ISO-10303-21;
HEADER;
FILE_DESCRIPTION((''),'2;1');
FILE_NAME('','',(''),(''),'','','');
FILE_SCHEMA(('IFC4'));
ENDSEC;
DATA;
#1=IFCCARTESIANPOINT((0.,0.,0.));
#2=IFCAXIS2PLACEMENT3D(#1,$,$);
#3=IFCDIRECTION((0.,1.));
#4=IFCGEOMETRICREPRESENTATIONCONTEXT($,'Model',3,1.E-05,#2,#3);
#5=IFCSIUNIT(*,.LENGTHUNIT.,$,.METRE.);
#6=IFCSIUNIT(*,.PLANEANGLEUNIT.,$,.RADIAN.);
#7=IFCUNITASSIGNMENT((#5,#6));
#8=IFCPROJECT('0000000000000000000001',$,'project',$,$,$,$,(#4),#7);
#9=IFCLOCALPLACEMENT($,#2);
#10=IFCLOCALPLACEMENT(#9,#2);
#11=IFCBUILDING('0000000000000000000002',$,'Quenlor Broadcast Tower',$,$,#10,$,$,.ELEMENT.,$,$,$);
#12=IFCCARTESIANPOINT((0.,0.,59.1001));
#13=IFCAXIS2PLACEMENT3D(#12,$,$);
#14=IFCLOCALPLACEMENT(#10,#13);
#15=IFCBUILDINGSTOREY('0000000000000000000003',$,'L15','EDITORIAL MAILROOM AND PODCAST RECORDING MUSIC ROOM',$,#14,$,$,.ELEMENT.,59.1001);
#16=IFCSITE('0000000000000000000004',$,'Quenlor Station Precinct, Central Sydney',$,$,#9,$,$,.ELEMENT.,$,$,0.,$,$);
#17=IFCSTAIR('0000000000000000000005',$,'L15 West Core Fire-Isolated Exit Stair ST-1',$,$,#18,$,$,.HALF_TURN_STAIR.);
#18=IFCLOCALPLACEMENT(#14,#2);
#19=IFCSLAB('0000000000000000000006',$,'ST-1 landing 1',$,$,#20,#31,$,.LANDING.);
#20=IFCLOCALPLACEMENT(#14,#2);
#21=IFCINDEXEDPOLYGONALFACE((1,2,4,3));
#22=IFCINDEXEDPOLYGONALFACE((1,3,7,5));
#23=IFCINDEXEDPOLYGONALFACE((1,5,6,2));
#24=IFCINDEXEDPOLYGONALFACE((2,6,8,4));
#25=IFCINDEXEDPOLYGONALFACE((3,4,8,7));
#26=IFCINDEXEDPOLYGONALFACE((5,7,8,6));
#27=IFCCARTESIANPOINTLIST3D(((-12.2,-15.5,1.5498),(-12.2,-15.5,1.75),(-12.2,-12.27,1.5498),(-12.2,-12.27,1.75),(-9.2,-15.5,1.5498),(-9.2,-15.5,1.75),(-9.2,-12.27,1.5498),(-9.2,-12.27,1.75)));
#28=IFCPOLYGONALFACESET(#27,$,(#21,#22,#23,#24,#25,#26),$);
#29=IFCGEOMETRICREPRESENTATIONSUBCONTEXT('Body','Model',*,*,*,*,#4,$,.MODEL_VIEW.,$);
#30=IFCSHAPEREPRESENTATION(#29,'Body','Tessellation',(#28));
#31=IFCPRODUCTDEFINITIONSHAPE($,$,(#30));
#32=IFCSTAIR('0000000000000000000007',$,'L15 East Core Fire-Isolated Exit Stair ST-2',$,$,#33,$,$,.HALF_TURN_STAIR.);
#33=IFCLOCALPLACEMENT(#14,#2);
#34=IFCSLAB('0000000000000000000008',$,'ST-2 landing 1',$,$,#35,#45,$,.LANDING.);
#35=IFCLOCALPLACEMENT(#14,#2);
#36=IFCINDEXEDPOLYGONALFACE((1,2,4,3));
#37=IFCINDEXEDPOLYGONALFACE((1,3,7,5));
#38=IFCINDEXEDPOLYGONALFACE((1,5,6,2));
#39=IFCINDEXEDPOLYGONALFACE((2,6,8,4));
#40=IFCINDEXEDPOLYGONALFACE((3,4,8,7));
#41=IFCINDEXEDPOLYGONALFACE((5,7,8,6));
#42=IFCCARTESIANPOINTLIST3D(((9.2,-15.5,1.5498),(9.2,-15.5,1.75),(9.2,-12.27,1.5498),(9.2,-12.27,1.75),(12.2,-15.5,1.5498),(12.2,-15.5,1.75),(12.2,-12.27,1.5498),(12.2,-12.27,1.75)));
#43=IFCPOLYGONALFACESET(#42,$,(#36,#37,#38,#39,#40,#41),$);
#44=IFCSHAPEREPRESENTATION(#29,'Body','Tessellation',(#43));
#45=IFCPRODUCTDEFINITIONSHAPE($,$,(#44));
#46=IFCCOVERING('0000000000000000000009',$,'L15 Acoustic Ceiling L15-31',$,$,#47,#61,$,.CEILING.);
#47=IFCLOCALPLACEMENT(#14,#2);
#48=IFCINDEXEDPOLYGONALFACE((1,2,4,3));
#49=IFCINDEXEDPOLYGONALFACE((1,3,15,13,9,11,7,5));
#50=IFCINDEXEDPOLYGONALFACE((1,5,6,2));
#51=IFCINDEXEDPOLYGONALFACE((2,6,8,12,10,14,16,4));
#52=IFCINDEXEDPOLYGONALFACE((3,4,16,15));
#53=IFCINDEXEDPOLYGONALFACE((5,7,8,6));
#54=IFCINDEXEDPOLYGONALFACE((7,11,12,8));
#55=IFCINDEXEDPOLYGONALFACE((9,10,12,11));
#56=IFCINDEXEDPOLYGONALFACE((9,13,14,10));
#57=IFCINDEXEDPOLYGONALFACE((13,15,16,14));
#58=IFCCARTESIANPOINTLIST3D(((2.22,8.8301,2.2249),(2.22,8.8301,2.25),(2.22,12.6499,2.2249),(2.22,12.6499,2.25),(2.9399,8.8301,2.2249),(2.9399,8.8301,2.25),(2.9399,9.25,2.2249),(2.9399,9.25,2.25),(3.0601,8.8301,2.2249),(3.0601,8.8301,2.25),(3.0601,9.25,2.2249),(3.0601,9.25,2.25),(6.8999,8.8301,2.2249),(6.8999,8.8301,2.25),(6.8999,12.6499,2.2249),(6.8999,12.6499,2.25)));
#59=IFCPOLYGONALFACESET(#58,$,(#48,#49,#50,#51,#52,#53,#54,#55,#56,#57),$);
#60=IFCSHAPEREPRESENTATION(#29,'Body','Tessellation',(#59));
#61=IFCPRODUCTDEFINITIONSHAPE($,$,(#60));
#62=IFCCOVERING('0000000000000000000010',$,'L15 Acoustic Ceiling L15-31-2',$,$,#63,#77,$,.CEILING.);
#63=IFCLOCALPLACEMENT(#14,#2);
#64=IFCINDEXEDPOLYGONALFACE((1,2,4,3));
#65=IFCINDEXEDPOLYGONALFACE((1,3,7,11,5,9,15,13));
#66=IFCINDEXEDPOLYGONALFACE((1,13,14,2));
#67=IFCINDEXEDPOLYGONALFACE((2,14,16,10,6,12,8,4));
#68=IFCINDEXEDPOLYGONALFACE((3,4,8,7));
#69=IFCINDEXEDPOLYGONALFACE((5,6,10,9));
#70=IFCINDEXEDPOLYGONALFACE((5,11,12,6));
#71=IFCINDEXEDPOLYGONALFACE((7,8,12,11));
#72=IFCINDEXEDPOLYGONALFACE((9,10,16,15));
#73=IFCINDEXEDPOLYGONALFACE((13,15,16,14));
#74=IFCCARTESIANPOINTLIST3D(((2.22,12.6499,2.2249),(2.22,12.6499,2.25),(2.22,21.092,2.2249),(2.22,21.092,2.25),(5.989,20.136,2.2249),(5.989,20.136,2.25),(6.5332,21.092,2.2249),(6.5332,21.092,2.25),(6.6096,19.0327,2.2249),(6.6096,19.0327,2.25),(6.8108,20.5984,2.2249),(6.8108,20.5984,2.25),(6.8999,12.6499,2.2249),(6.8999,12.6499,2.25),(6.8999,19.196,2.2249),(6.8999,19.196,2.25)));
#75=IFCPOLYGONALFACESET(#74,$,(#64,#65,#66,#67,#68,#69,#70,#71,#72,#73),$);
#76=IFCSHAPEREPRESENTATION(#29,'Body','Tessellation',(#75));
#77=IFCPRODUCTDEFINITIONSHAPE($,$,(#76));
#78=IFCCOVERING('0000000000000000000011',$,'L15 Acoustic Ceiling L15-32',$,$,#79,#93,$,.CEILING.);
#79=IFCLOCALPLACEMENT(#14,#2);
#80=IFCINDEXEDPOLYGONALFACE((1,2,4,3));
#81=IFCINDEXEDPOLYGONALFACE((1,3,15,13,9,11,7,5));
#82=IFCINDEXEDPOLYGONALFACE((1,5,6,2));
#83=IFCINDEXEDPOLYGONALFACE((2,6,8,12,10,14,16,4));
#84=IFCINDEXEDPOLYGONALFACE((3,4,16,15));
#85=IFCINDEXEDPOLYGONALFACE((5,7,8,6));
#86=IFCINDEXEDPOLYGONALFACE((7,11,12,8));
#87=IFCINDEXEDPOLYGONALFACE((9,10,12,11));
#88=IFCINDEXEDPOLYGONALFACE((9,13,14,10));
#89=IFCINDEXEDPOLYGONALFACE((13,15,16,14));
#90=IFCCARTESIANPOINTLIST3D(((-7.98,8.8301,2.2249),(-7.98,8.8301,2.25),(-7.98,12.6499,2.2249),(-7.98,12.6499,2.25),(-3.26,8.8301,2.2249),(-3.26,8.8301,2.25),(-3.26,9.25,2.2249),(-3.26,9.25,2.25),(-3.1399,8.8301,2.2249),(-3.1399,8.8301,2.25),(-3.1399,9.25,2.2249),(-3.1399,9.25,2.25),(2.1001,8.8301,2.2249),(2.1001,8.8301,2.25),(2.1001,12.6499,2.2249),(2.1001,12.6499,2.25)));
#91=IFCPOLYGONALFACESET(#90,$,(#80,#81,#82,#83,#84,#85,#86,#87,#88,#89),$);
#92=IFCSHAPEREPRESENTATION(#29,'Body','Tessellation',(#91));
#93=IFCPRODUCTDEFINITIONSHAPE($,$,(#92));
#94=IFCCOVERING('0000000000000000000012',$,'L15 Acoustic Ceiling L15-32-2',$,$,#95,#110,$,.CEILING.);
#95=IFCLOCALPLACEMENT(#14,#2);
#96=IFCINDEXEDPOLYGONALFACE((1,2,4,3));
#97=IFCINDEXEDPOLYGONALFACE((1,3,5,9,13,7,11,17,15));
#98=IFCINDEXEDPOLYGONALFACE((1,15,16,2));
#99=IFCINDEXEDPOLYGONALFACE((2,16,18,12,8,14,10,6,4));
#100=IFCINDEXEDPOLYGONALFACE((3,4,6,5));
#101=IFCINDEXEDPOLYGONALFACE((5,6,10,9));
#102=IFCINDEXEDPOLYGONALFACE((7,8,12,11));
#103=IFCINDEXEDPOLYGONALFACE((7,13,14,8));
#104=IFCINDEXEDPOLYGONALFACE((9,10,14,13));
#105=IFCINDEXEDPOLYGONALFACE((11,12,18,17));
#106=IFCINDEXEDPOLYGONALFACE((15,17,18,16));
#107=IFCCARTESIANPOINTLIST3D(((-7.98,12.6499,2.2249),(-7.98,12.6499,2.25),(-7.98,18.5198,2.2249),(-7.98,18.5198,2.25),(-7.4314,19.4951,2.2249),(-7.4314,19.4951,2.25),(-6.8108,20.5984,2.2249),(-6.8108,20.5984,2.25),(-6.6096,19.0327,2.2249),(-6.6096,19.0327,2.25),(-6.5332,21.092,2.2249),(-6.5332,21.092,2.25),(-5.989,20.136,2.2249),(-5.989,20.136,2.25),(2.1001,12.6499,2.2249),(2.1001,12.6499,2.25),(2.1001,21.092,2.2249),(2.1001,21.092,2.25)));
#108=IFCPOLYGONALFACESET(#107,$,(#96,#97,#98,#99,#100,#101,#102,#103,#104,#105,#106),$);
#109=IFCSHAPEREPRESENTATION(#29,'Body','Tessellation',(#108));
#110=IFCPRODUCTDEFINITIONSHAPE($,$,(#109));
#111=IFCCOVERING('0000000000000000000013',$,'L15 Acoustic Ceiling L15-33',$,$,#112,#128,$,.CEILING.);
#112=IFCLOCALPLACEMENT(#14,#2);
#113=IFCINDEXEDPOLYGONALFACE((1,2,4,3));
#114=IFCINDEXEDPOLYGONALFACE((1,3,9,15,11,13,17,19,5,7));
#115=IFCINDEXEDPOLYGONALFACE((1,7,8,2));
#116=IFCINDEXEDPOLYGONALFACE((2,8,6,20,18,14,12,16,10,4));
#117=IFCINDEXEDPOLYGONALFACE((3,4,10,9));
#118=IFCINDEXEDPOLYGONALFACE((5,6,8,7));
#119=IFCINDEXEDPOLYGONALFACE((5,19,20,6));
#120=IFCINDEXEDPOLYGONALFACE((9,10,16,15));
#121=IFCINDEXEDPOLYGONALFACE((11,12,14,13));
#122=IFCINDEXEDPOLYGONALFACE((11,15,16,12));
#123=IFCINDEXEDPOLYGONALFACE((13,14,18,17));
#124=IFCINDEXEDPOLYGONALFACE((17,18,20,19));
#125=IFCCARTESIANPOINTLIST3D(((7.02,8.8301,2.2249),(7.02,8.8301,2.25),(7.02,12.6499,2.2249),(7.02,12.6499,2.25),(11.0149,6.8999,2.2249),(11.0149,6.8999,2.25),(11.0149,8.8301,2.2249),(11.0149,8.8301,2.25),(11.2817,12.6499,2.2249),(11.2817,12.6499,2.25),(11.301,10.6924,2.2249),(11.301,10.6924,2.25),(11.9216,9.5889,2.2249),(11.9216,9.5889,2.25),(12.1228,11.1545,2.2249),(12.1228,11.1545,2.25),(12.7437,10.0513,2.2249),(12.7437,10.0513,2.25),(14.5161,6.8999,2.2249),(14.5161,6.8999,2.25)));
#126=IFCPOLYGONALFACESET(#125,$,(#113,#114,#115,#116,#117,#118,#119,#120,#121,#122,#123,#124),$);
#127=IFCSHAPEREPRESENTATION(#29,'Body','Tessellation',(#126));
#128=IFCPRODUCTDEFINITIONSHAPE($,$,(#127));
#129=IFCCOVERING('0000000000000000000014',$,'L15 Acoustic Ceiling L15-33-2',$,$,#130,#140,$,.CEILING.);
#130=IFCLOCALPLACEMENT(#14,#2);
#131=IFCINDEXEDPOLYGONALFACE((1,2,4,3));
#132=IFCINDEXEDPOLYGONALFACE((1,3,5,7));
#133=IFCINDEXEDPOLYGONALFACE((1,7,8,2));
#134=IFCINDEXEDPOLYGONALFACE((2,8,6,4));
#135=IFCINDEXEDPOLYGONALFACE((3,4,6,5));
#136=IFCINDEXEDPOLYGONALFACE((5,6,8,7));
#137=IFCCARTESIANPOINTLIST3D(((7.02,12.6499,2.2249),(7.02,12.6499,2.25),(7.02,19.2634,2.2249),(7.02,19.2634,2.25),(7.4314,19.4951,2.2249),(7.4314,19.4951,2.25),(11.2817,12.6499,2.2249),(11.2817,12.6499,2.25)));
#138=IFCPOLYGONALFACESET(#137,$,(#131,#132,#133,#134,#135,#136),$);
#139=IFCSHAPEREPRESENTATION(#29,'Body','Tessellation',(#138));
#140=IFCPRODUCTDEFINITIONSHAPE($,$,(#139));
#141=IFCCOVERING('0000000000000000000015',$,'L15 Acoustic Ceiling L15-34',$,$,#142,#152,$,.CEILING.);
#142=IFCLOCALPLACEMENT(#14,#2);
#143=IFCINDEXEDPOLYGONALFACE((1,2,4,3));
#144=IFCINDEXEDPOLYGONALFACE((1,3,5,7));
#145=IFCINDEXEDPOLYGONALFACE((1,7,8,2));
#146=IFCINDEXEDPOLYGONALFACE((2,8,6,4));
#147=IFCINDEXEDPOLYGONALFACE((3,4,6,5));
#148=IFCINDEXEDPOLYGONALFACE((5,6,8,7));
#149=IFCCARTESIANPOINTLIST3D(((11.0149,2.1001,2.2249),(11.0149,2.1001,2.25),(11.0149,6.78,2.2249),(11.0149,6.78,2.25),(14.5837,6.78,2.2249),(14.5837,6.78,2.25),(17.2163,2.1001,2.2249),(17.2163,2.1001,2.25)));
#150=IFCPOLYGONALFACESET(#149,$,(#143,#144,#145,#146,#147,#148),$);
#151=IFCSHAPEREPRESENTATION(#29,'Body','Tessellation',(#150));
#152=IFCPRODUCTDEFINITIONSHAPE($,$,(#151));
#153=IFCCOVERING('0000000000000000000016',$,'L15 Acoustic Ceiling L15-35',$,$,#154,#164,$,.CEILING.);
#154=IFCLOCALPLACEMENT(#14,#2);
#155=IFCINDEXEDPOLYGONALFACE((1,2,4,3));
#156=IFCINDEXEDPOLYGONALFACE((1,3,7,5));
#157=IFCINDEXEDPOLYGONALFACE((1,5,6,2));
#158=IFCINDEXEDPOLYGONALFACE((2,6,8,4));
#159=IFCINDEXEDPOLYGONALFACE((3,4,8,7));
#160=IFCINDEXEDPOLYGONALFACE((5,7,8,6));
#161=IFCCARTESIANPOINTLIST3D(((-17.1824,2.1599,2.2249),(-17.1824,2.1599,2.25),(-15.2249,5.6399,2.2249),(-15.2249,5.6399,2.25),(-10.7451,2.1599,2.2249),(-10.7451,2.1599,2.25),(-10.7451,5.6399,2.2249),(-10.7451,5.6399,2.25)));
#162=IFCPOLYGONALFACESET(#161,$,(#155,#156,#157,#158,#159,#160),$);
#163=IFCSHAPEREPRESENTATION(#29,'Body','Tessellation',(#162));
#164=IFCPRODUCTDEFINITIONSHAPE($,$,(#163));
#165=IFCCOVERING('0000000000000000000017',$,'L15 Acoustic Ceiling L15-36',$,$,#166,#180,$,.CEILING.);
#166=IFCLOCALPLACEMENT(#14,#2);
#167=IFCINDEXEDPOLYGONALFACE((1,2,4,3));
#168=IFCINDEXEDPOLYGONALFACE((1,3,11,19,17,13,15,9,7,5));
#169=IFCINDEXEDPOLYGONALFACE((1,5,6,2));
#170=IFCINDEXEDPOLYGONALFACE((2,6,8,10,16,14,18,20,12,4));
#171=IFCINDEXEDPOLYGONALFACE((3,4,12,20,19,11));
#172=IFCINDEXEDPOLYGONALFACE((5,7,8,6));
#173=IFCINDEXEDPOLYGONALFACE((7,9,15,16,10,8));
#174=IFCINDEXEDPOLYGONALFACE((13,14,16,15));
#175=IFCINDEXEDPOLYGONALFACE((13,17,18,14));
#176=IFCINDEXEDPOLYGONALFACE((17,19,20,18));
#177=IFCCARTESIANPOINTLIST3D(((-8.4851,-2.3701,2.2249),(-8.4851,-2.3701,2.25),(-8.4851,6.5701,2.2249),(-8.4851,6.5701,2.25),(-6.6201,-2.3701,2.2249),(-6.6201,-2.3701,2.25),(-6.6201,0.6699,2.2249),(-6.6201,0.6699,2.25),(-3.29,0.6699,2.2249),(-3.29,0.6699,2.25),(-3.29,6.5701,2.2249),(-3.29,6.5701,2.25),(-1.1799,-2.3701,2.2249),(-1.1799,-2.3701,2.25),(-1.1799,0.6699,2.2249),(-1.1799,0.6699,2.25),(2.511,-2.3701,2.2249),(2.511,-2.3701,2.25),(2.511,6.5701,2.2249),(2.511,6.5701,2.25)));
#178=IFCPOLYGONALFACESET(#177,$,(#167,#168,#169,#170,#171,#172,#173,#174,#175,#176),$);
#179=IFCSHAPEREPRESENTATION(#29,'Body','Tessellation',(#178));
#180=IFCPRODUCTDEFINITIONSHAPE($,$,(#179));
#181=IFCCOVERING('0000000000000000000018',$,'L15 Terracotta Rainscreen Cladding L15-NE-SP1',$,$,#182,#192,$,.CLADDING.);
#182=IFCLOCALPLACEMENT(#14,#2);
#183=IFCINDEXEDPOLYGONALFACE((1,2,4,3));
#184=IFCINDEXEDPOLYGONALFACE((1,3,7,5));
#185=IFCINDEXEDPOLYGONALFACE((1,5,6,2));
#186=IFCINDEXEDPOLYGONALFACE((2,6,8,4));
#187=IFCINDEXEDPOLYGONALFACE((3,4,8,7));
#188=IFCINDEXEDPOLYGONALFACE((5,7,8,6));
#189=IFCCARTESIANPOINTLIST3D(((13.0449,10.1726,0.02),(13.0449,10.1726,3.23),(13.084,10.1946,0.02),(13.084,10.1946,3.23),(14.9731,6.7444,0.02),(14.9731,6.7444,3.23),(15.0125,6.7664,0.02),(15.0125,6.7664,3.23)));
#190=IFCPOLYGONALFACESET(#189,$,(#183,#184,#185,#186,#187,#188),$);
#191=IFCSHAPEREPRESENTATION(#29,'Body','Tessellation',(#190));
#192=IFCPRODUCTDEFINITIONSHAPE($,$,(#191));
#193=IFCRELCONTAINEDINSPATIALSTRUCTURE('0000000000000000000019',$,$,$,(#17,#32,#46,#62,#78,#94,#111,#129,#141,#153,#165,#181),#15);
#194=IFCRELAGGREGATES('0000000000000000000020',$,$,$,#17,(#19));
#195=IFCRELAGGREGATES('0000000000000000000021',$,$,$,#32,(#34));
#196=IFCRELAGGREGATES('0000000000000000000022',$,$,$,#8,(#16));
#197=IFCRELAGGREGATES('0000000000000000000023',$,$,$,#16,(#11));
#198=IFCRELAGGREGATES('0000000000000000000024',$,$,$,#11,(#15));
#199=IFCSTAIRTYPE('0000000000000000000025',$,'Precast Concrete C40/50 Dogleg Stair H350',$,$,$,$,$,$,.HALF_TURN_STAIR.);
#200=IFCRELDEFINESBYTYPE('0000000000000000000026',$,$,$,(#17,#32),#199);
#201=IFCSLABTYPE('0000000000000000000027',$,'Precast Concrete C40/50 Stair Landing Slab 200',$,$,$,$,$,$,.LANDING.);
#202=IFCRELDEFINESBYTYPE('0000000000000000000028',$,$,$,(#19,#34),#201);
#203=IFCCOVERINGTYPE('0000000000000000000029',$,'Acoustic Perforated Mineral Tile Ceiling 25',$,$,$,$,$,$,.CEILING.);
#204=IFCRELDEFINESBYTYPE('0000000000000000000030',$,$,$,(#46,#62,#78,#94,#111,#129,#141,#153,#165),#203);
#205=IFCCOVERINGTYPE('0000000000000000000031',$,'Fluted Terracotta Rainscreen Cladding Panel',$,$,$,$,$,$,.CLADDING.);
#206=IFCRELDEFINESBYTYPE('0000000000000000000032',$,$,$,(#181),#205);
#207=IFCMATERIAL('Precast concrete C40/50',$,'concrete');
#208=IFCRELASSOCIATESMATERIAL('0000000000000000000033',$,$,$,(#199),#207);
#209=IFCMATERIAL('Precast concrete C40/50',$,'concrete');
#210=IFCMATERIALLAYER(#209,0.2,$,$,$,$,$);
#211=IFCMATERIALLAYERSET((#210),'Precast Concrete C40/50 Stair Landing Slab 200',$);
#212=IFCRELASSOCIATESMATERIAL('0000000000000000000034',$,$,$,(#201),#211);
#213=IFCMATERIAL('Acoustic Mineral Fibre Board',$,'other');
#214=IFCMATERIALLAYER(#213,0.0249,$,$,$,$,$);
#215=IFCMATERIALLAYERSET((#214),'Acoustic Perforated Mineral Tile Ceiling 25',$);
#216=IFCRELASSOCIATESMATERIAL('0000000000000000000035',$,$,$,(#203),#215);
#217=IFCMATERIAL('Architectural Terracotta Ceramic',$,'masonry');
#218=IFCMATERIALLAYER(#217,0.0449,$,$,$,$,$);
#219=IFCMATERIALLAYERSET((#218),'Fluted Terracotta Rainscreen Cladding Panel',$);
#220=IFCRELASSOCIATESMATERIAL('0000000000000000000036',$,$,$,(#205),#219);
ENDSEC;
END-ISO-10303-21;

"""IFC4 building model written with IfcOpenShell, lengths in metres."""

from ifc_helpers import new_model, si_unit, direction, frame, origin, place, context, subcontext, project, spatial, polyline, outline, extrude, material, layer, layer_set, type_object, element, aggregate, save


model = new_model("IFC4")

# Units and contexts
model_context = context("Model", 3, precision=1e-05, world=origin(), true_north=direction((0.0, 1.0)))
body_context = subcontext(model_context, "Body", "Model", "MODEL_VIEW")
ifc_project = project(units=[si_unit("LENGTHUNIT", "METRE"), si_unit("PLANEANGLEUNIT", "RADIAN")], contexts=[model_context])

# Site, building, storey
site_placement = place(None, origin())
site = spatial("IfcSite", under=ifc_project, at=site_placement, Name="Quenlor Station Precinct, Central Sydney", CompositionType="ELEMENT", RefElevation=0.0)
building_placement = place(site_placement, origin())
building = spatial("IfcBuilding", under=site, at=building_placement, Name="Quenlor Broadcast Tower", CompositionType="ELEMENT")
storey_placement = place(building_placement, frame((0.0, 0.0, 59.1001)))
storey = spatial("IfcBuildingStorey", under=building, at=storey_placement, Name="L15", Description="EDITORIAL MAILROOM AND PODCAST RECORDING MUSIC ROOM", CompositionType="ELEMENT", Elevation=59.1001)

# Stairs, slabs
ifc_material_1 = material(Name="Precast concrete C40/50", Category="concrete")
stair_type = type_object("IfcStairType", Name="Precast Concrete C40/50 Dogleg Stair H350", PredefinedType="HALF_TURN_STAIR", material=ifc_material_1)
stair_1_placement = place(storey_placement, origin())
stair_1 = element("IfcStair", 1, at=stair_1_placement, inside=storey, type_object=stair_type, Name="L15 West Core Fire-Isolated Exit Stair ST-1", PredefinedType="HALF_TURN_STAIR")
ifc_material_2 = material(Name="Precast concrete C40/50", Category="concrete")
ifc_layer_1 = layer(ifc_material_2, 0.2)
ifc_layer_set_1 = layer_set([ifc_layer_1], Name="Precast Concrete C40/50 Stair Landing Slab 200")
slab_type = type_object("IfcSlabType", Name="Precast Concrete C40/50 Stair Landing Slab 200", PredefinedType="LANDING", material=ifc_layer_set_1)
slab_1_placement = place(storey_placement, frame((0.0, 0.0, 1.5498)))
slab_1 = element("IfcSlab", 2, at=slab_1_placement, type_object=slab_type, Name="ST-1 landing 1", PredefinedType="LANDING", context=body_context, shape_type="SweptSolid", body=[
    extrude(outline(polyline([(-12.2, -12.27), (-12.2, -15.5), (-9.2, -15.5), (-9.2, -12.27), (-12.2, -12.27)])), origin(), (0.0, 0.0, 1.0), 0.2002),
])
aggregate(stair_1, [slab_1])
stair_2_placement = place(storey_placement, origin())
stair_2 = element("IfcStair", 3, at=stair_2_placement, inside=storey, type_object=stair_type, Name="L15 East Core Fire-Isolated Exit Stair ST-2", PredefinedType="HALF_TURN_STAIR")
slab_2_placement = place(storey_placement, frame((0.0, 0.0, 1.5498)))
slab_2 = element("IfcSlab", 4, at=slab_2_placement, type_object=slab_type, Name="ST-2 landing 1", PredefinedType="LANDING", context=body_context, shape_type="SweptSolid", body=[
    extrude(outline(polyline([(9.2, -12.27), (9.2, -15.5), (12.2, -15.5), (12.2, -12.27), (9.2, -12.27)])), origin(), (0.0, 0.0, 1.0), 0.2002),
])
aggregate(stair_2, [slab_2])

# Coverings
ifc_material_3 = material(Name="Acoustic Mineral Fibre Board", Category="other")
ifc_layer_2 = layer(ifc_material_3, 0.0249)
ifc_layer_set_2 = layer_set([ifc_layer_2], Name="Acoustic Perforated Mineral Tile Ceiling 25")
covering_type_1 = type_object("IfcCoveringType", Name="Acoustic Perforated Mineral Tile Ceiling 25", PredefinedType="CEILING", material=ifc_layer_set_2)
covering_1_placement = place(storey_placement, frame((0.0, 0.0, 2.2249)))
element("IfcCovering", 5, at=covering_1_placement, inside=storey, type_object=covering_type_1, Name="L15 Acoustic Ceiling L15-31", PredefinedType="CEILING", context=body_context, shape_type="SweptSolid", body=[
    extrude(outline(polyline([(6.8999, 8.8301), (3.0601, 8.8301), (3.0601, 9.25), (2.9399, 9.25), (2.9399, 8.8301), (2.22, 8.8301), (2.22, 12.6499), (6.8999, 12.6499), (6.8999, 8.8301)])), origin(), (0.0, 0.0, 1.0), 0.0251),
])
covering_2_placement = place(storey_placement, frame((0.0, 0.0, 2.2249)))
element("IfcCovering", 6, at=covering_2_placement, inside=storey, type_object=covering_type_1, Name="L15 Acoustic Ceiling L15-31-2", PredefinedType="CEILING", context=body_context, shape_type="SweptSolid", body=[
    extrude(outline(polyline([(6.6096, 19.0327), (6.8999, 19.196), (6.8999, 12.6499), (2.22, 12.6499), (2.22, 21.092), (6.5332, 21.092), (6.8108, 20.5984), (5.989, 20.136), (6.6096, 19.0327)])), origin(), (0.0, 0.0, 1.0), 0.0251),
])
covering_3_placement = place(storey_placement, frame((0.0, 0.0, 2.2249)))
element("IfcCovering", 7, at=covering_3_placement, inside=storey, type_object=covering_type_1, Name="L15 Acoustic Ceiling L15-32", PredefinedType="CEILING", context=body_context, shape_type="SweptSolid", body=[
    extrude(outline(polyline([(-3.1399, 8.8301), (-3.1399, 9.25), (-3.26, 9.25), (-3.26, 8.8301), (-7.98, 8.8301), (-7.98, 12.6499), (2.1001, 12.6499), (2.1001, 8.8301), (-3.1399, 8.8301)])), origin(), (0.0, 0.0, 1.0), 0.0251),
])
covering_4_placement = place(storey_placement, frame((0.0, 0.0, 2.2249)))
element("IfcCovering", 8, at=covering_4_placement, inside=storey, type_object=covering_type_1, Name="L15 Acoustic Ceiling L15-32-2", PredefinedType="CEILING", context=body_context, shape_type="SweptSolid", body=[
    extrude(outline(polyline([(-7.98, 18.5198), (-7.4314, 19.4951), (-6.6096, 19.0327), (-5.989, 20.136), (-6.8108, 20.5984), (-6.5332, 21.092), (2.1001, 21.092), (2.1001, 12.6499), (-7.98, 12.6499), (-7.98, 18.5198)])), origin(), (0.0, 0.0, 1.0), 0.0251),
])
covering_5_placement = place(storey_placement, frame((0.0, 0.0, 2.2249)))
element("IfcCovering", 9, at=covering_5_placement, inside=storey, type_object=covering_type_1, Name="L15 Acoustic Ceiling L15-33", PredefinedType="CEILING", context=body_context, shape_type="SweptSolid", body=[
    extrude(outline(polyline([(7.02, 8.8301), (7.02, 12.6499), (11.2817, 12.6499), (12.1228, 11.1545), (11.301, 10.6924), (11.9216, 9.5889), (12.7437, 10.0513), (14.5161, 6.8999), (11.0149, 6.8999), (11.0149, 8.8301), (7.02, 8.8301)])), origin(), (0.0, 0.0, 1.0), 0.0251),
])
covering_6_placement = place(storey_placement, frame((0.0, 0.0, 2.2249)))
element("IfcCovering", 10, at=covering_6_placement, inside=storey, type_object=covering_type_1, Name="L15 Acoustic Ceiling L15-33-2", PredefinedType="CEILING", context=body_context, shape_type="SweptSolid", body=[
    extrude(outline(polyline([(7.02, 19.2634), (7.4314, 19.4951), (11.2817, 12.6499), (7.02, 12.6499), (7.02, 19.2634)])), origin(), (0.0, 0.0, 1.0), 0.0251),
])
covering_7_placement = place(storey_placement, frame((0.0, 0.0, 2.2249)))
element("IfcCovering", 11, at=covering_7_placement, inside=storey, type_object=covering_type_1, Name="L15 Acoustic Ceiling L15-34", PredefinedType="CEILING", context=body_context, shape_type="SweptSolid", body=[
    extrude(outline(polyline([(14.5837, 6.78), (17.2163, 2.1001), (11.0149, 2.1001), (11.0149, 6.78), (14.5837, 6.78)])), origin(), (0.0, 0.0, 1.0), 0.0251),
])
covering_8_placement = place(storey_placement, frame((0.0, 0.0, 2.2249)))
element("IfcCovering", 12, at=covering_8_placement, inside=storey, type_object=covering_type_1, Name="L15 Acoustic Ceiling L15-35", PredefinedType="CEILING", context=body_context, shape_type="SweptSolid", body=[
    extrude(outline(polyline([(-17.1824, 2.1599), (-15.2249, 5.6399), (-10.7451, 5.6399), (-10.7451, 2.1599), (-17.1824, 2.1599)])), origin(), (0.0, 0.0, 1.0), 0.0251),
])
covering_9_placement = place(storey_placement, frame((0.0, 0.0, 2.2249)))
element("IfcCovering", 13, at=covering_9_placement, inside=storey, type_object=covering_type_1, Name="L15 Acoustic Ceiling L15-36", PredefinedType="CEILING", context=body_context, shape_type="SweptSolid", body=[
    extrude(outline(polyline([(-1.1799, -2.3701), (-1.1799, 0.6699), (-3.29, 0.6699), (-6.6201, 0.6699), (-6.6201, -2.3701), (-8.4851, -2.3701), (-8.4851, 6.5701), (-3.29, 6.5701), (2.511, 6.5701), (2.511, -2.3701), (-1.1799, -2.3701)])), origin(), (0.0, 0.0, 1.0), 0.0251),
])
ifc_material_4 = material(Name="Architectural Terracotta Ceramic", Category="masonry")
ifc_layer_3 = layer(ifc_material_4, 0.0449)
ifc_layer_set_3 = layer_set([ifc_layer_3], Name="Fluted Terracotta Rainscreen Cladding Panel")
covering_type_2 = type_object("IfcCoveringType", Name="Fluted Terracotta Rainscreen Cladding Panel", PredefinedType="CLADDING", material=ifc_layer_set_3)
covering_10_placement = place(storey_placement, frame((0.0, 0.0, 0.02)))
element("IfcCovering", 14, at=covering_10_placement, inside=storey, type_object=covering_type_2, Name="L15 Terracotta Rainscreen Cladding L15-NE-SP1", PredefinedType="CLADDING", context=body_context, shape_type="SweptSolid", body=[
    extrude(outline(polyline([(13.0449, 10.1726), (14.9731, 6.7444), (15.0125, 6.7664), (13.084, 10.1946), (13.0449, 10.1726)])), origin(), (0.0, 0.0, 1.0), 3.21),
])

save(model, "model.ifc")
